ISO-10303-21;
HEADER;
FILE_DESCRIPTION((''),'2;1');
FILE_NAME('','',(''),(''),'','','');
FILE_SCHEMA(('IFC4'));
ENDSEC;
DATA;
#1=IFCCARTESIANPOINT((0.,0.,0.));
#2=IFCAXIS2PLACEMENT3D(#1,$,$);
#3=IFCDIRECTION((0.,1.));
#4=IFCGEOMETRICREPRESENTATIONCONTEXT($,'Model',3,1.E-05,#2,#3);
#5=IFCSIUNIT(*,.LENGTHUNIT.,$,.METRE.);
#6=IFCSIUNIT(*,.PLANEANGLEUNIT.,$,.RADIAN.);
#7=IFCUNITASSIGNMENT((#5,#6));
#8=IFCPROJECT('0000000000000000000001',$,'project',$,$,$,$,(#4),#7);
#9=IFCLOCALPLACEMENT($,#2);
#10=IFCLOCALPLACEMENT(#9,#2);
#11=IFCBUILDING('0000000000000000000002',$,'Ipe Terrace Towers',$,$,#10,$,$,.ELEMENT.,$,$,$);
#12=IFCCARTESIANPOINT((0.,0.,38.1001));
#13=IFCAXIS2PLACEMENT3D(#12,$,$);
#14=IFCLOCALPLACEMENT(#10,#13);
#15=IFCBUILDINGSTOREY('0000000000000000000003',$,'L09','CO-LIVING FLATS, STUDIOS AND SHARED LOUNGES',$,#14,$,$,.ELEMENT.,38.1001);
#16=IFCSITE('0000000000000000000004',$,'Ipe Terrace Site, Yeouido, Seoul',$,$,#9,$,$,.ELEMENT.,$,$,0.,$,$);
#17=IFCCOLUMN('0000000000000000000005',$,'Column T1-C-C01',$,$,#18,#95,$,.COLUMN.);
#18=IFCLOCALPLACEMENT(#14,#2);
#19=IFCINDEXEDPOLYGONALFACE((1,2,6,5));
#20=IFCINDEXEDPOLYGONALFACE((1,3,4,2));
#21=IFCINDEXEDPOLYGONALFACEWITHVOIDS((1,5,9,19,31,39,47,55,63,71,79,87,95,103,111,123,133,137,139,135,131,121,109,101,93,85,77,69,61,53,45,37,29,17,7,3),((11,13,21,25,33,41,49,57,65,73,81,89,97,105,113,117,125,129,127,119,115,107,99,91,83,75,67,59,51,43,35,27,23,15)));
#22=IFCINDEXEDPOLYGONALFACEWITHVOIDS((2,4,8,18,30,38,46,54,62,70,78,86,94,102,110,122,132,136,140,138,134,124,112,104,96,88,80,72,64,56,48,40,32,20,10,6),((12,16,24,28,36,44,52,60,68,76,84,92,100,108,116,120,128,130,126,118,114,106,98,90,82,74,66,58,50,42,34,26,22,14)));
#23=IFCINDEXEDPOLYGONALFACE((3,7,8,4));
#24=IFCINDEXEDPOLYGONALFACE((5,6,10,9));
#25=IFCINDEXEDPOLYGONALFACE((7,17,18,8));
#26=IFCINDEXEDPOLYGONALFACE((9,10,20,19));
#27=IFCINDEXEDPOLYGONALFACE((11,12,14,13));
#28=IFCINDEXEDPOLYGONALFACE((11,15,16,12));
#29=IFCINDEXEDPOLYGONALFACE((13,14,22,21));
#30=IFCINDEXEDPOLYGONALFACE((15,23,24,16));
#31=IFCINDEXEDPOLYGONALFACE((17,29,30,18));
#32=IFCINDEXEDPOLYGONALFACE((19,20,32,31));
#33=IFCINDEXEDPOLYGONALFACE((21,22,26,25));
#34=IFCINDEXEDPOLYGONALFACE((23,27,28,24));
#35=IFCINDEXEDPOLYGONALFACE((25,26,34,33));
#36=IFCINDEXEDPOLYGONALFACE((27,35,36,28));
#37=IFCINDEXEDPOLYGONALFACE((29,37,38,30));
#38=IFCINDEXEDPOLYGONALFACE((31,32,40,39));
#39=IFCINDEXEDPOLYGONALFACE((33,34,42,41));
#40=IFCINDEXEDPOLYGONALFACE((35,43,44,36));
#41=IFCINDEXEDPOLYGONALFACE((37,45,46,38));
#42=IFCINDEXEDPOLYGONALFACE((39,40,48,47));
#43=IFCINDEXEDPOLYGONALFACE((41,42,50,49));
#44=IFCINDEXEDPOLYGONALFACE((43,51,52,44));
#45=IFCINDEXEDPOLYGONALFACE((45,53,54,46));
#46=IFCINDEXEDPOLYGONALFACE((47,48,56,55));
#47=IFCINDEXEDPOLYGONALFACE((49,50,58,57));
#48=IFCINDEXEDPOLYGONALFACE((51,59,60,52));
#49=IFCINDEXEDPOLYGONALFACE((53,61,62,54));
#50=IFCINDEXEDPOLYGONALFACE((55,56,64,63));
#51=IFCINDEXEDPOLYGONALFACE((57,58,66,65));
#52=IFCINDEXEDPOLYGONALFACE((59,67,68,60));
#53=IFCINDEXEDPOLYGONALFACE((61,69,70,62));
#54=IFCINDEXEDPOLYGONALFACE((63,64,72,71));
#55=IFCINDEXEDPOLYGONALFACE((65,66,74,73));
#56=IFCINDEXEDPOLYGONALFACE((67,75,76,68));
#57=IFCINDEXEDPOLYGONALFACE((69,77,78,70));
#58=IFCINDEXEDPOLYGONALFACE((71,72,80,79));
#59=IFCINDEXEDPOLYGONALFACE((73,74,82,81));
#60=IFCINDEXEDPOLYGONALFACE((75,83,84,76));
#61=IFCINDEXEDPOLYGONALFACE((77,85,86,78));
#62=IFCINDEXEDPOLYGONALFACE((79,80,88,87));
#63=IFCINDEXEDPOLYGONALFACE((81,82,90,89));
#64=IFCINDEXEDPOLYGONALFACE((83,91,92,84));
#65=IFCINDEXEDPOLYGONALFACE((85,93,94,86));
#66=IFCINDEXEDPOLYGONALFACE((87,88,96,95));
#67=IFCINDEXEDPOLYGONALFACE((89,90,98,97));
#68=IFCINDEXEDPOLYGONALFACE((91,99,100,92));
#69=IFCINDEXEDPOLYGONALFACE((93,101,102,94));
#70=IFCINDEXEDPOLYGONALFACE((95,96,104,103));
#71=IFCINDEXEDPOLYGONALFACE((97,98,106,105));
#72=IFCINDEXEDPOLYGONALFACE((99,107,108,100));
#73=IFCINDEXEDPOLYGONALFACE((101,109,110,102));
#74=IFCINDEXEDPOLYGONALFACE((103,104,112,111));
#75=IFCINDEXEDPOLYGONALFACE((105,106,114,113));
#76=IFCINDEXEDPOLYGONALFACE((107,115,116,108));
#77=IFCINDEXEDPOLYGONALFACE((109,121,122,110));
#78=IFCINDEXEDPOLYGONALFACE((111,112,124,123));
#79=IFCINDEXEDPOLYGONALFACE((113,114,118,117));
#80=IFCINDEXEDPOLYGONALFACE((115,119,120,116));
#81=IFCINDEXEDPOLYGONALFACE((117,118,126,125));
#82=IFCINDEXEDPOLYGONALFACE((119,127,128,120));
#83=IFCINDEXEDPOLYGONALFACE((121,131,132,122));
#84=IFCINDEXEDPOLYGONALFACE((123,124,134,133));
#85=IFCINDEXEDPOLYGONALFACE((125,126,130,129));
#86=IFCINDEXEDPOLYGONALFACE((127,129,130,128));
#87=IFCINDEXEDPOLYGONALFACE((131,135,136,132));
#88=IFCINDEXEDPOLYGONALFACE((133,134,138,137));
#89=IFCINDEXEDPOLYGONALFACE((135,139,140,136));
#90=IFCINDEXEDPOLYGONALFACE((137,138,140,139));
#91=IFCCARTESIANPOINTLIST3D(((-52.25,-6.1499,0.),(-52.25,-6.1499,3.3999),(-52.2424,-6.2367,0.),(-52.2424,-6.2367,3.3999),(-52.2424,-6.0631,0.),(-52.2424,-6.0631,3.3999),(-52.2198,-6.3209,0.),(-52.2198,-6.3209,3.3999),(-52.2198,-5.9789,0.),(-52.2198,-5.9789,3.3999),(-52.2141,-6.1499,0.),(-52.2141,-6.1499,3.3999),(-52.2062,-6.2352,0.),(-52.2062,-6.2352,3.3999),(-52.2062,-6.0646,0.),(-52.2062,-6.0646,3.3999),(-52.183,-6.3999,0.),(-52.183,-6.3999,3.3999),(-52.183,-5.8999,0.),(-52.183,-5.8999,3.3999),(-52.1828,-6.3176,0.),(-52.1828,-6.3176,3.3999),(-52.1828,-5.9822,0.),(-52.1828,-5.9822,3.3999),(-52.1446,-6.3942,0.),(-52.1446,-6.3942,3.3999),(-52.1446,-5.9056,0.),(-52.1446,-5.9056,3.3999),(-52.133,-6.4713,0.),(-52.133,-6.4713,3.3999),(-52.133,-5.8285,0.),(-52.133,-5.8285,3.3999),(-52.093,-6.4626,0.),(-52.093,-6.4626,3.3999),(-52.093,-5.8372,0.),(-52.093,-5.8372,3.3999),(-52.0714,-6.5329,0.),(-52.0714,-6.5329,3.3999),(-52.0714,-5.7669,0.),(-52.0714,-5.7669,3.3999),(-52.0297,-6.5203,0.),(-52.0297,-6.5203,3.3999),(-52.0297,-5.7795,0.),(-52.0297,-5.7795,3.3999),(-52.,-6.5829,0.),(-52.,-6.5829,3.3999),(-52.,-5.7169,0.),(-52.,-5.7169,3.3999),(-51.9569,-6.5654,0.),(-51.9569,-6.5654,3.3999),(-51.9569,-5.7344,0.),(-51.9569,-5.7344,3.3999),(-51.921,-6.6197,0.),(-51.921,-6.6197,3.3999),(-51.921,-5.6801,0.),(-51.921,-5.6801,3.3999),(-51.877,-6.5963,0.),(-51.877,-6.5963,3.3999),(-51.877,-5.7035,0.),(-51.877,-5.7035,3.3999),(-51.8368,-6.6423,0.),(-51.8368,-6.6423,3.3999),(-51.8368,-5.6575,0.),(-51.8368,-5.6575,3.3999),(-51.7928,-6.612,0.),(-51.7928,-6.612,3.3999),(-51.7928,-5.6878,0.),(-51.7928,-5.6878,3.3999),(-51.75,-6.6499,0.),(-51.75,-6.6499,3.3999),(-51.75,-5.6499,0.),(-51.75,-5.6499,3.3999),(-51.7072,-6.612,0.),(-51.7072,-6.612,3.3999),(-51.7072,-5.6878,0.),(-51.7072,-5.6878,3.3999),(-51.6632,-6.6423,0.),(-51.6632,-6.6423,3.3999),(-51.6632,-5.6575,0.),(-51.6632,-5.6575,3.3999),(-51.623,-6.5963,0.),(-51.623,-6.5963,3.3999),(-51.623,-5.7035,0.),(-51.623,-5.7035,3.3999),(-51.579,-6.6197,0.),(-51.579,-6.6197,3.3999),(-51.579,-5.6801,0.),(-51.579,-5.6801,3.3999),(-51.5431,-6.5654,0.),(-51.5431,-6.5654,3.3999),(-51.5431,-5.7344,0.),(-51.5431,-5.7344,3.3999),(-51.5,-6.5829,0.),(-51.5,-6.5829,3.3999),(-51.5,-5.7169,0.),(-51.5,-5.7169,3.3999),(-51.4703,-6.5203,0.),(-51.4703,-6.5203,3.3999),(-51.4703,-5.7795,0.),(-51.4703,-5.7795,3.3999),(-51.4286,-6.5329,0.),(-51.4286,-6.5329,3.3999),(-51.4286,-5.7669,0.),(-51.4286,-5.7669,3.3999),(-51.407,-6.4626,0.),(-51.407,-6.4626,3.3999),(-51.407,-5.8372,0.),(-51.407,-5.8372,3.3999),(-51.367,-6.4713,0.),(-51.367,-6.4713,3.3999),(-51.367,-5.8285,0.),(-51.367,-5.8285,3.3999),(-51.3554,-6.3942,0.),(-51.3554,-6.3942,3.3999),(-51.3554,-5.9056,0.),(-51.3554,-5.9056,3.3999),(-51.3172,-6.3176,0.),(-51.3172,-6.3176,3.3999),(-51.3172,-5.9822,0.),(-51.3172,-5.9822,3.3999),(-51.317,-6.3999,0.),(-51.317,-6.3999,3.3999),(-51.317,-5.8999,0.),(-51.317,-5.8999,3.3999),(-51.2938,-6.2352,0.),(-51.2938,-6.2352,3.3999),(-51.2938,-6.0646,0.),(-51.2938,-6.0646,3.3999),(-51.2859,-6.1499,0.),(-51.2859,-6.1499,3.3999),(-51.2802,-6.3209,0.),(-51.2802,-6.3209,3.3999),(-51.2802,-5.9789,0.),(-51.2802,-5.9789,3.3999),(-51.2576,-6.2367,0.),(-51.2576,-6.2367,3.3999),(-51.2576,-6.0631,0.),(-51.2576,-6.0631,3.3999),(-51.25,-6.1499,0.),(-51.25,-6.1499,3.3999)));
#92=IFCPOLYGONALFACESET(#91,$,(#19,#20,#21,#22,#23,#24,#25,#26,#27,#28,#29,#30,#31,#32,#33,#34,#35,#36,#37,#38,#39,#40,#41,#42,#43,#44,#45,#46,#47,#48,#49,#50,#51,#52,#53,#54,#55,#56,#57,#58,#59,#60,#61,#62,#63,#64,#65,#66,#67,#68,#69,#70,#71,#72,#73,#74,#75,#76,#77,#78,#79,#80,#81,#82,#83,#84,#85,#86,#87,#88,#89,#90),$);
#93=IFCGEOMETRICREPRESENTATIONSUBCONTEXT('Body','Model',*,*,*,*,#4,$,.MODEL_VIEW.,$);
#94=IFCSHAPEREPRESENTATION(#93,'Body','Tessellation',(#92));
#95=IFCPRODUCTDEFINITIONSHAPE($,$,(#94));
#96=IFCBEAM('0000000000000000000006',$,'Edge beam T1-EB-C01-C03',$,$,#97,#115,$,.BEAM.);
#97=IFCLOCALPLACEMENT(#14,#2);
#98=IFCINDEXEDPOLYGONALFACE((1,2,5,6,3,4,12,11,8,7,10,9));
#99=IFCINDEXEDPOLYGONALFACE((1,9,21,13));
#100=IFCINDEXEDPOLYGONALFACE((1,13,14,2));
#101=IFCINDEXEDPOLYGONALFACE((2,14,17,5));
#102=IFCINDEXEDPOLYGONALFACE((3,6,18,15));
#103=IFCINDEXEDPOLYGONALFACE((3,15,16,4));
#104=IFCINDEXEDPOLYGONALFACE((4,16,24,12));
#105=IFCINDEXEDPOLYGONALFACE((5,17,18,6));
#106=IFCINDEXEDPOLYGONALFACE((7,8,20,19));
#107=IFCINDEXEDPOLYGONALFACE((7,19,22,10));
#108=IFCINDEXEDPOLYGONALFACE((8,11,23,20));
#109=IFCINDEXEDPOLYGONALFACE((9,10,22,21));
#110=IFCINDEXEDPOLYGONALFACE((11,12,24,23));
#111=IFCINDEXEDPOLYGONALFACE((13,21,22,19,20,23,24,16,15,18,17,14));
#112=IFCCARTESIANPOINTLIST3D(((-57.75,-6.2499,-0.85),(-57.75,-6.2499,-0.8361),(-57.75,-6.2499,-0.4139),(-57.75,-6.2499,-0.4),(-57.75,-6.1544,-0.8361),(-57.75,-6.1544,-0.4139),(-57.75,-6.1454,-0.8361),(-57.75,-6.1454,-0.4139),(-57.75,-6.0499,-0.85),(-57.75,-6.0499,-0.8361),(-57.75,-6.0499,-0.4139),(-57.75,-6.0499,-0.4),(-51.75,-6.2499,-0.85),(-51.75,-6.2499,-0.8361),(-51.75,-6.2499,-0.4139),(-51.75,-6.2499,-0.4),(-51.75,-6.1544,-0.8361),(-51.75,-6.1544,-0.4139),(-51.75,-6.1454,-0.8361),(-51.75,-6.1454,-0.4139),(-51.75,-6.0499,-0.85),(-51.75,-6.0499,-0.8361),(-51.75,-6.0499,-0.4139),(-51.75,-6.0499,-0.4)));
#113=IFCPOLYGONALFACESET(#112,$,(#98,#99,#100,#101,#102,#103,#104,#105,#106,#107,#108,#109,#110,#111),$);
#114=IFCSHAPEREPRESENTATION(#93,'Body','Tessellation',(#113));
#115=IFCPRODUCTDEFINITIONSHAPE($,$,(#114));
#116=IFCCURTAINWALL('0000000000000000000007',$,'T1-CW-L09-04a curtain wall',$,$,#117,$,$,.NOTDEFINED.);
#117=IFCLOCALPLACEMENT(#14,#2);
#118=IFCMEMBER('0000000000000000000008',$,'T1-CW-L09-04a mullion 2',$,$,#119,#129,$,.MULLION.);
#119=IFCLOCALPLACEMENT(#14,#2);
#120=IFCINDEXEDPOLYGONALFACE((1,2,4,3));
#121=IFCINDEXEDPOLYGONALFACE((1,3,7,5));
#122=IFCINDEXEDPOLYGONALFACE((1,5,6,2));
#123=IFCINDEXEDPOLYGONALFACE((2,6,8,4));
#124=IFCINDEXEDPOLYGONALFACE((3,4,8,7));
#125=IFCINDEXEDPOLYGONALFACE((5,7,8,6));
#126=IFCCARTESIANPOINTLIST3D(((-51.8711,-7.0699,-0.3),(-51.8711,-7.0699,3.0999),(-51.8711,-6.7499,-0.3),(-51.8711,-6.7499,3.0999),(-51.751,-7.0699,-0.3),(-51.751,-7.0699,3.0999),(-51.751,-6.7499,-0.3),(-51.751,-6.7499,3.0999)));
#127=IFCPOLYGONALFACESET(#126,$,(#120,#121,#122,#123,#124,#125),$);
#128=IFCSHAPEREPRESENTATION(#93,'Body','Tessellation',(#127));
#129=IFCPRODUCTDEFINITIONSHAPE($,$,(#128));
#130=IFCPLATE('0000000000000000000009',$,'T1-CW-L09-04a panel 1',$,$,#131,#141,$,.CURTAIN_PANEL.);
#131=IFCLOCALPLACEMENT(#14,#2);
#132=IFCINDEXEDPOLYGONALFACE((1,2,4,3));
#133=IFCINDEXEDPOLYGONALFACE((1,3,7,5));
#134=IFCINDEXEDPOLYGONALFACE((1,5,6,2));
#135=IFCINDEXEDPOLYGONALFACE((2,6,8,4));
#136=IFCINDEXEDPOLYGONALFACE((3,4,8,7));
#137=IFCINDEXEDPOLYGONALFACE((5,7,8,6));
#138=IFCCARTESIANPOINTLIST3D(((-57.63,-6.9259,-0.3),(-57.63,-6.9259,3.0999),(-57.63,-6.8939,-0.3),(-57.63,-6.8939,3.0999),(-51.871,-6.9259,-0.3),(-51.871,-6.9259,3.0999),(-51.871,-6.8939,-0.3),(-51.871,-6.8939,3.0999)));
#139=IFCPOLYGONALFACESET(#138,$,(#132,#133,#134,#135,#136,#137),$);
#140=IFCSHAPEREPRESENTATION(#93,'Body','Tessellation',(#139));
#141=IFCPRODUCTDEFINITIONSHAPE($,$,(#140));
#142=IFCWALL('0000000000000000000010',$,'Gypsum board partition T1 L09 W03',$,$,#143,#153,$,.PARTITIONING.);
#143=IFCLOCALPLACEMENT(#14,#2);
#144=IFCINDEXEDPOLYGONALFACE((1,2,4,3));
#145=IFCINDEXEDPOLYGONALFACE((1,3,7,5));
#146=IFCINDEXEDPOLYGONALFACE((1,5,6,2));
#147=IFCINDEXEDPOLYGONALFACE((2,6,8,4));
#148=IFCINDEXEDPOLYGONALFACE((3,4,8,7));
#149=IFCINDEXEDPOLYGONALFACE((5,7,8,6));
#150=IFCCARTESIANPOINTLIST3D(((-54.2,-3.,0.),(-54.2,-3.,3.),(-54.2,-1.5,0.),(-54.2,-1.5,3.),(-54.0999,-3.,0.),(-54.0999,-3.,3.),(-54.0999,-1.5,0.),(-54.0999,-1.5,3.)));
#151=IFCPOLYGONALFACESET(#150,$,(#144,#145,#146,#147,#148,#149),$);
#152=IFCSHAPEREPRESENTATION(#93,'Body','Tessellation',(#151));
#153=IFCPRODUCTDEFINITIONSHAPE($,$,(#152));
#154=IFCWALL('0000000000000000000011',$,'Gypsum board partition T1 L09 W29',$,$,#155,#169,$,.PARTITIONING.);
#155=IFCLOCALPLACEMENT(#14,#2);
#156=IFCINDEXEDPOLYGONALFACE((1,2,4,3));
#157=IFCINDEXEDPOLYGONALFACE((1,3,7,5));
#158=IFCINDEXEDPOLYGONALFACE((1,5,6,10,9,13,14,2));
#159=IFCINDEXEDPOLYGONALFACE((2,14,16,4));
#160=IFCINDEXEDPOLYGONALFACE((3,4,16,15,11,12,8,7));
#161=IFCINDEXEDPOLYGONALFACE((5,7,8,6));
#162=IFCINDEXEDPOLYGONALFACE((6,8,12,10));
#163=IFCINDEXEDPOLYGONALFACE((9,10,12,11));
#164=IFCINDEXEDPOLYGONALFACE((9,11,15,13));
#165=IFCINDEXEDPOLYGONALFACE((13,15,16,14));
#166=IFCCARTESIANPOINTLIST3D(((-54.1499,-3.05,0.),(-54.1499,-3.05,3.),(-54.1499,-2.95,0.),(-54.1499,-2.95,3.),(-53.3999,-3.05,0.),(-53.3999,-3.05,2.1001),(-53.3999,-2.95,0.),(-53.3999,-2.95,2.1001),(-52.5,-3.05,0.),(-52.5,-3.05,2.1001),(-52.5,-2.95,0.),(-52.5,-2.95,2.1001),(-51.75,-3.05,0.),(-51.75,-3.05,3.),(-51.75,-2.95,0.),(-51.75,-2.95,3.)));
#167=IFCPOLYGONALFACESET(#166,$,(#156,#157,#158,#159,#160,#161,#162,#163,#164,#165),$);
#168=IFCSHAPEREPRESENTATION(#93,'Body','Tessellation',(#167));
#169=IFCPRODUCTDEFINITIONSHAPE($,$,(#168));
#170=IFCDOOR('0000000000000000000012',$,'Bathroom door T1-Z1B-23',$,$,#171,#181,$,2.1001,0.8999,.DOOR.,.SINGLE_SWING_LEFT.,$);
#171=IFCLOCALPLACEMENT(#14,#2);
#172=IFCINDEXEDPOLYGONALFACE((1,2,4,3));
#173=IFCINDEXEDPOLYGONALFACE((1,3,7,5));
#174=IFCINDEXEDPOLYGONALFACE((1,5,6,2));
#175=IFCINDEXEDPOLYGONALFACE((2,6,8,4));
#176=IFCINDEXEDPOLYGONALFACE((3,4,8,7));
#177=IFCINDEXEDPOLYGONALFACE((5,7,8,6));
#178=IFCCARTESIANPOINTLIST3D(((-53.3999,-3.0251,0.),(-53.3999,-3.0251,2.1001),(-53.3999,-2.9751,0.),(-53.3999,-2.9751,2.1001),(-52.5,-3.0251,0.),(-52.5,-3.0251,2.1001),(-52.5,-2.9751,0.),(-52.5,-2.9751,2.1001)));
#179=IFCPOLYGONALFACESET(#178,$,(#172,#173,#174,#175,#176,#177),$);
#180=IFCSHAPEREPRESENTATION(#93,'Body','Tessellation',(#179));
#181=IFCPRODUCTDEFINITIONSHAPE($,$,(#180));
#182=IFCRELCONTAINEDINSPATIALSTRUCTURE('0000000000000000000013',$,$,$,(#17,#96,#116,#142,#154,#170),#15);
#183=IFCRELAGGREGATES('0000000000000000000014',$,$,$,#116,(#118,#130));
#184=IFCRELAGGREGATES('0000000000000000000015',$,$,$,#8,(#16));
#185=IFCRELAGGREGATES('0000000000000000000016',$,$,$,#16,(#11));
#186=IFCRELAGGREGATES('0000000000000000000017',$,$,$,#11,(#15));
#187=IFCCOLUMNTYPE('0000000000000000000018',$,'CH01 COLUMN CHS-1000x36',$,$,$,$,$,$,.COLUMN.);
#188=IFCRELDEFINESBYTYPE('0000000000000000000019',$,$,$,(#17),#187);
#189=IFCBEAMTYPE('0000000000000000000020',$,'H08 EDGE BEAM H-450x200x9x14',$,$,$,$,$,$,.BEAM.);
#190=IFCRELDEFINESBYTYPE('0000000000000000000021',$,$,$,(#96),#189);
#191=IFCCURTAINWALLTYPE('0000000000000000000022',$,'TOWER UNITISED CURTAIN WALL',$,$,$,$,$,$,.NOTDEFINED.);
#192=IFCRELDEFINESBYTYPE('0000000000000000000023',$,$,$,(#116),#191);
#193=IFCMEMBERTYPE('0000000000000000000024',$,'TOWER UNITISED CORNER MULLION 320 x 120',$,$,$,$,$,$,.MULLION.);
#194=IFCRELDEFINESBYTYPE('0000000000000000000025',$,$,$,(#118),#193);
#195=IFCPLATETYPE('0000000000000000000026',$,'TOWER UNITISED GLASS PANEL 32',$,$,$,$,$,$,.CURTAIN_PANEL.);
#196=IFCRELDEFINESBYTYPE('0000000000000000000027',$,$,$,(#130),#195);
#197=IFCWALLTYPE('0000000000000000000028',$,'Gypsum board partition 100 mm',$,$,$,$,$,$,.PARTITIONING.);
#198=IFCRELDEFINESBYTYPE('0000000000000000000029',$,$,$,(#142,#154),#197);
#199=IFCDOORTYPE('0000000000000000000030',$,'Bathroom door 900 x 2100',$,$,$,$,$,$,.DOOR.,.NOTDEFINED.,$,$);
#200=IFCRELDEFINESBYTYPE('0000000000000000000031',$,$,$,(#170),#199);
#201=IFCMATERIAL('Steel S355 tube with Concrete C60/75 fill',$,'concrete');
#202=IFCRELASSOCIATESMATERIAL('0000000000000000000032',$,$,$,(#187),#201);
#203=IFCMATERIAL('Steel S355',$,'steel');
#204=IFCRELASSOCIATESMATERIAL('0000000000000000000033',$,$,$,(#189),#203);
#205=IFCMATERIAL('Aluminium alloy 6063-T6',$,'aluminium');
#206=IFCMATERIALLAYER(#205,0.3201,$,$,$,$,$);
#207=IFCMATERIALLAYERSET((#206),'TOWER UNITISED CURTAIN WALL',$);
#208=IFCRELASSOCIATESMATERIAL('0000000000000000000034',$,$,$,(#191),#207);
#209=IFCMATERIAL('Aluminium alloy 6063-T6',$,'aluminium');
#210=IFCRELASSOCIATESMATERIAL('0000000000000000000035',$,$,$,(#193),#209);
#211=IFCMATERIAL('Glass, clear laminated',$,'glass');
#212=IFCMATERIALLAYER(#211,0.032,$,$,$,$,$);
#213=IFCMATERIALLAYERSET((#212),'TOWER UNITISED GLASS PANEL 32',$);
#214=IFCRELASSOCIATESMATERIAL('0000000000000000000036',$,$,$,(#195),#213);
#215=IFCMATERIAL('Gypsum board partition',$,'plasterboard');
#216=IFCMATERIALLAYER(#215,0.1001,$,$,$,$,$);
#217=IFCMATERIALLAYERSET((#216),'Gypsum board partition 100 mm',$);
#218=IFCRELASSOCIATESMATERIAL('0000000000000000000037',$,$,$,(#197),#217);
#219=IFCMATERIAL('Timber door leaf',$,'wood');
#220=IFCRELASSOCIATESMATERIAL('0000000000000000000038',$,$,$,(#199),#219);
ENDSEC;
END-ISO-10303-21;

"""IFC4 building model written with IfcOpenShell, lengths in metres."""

from ifc_helpers import new_model, si_unit, direction, frame, frame_2d, origin, origin_2d, place, context, subcontext, project, spatial, rectangle, hollow_circle, i_section, extrude, material, layer, layer_set, material_profile, profile_set, type_object, element, fill, aggregate, save


model = new_model("IFC4")

# Units and contexts
model_context = context("Model", 3, precision=1e-05, world=origin(), true_north=direction((0.0, 1.0)))
body_context = subcontext(model_context, "Body", "Model", "MODEL_VIEW")
ifc_project = project(units=[si_unit("LENGTHUNIT", "METRE"), si_unit("PLANEANGLEUNIT", "RADIAN")], contexts=[model_context])

# Site, building, storey
site_placement = place(None, origin())
site = spatial("IfcSite", under=ifc_project, at=site_placement, Name="Ipe Terrace Site, Yeouido, Seoul", CompositionType="ELEMENT", RefElevation=0.0)
building_placement = place(site_placement, origin())
building = spatial("IfcBuilding", under=site, at=building_placement, Name="Ipe Terrace Towers", CompositionType="ELEMENT")
storey_placement = place(building_placement, frame((0.0, 0.0, 38.1001)))
storey = spatial("IfcBuildingStorey", under=building, at=storey_placement, Name="L09", Description="CO-LIVING FLATS, STUDIOS AND SHARED LOUNGES", CompositionType="ELEMENT", Elevation=38.1001)

# Column
ifc_material_1 = material(Name="Steel S355 tube with Concrete C60/75 fill", Category="concrete")
ifc_material_profile_1 = material_profile(ifc_material_1, hollow_circle(Radius=0.5, WallThickness=0.0359, at=origin_2d()), Name="CHS-1000x36")
ifc_profile_set_1 = profile_set([ifc_material_profile_1], Name="Steel S355 tube with Concrete C60/75 fill")
column_type = type_object("IfcColumnType", Name="CH01 COLUMN CHS-1000x36", PredefinedType="COLUMN", material=ifc_profile_set_1)
column_placement = place(storey_placement, frame((-51.75, -6.1499, 0.0), z_axis=(0.0, 0.0, 1.0), x_axis=(1.0, 0.0, 0.0)))
element("IfcColumn", 1, at=column_placement, inside=storey, type_object=column_type, Name="Column T1-C-C01", PredefinedType="COLUMN", context=body_context, shape_type="SweptSolid", body=[
    extrude(hollow_circle(Radius=0.5, WallThickness=0.0359, at=origin_2d()), origin(), (0.0, 0.0, 1.0), 3.3999),
])

# Beam
ifc_material_2 = material(Name="Steel S355", Category="steel")
ifc_material_profile_2 = material_profile(ifc_material_2, i_section(OverallWidth=0.2, OverallDepth=0.45, WebThickness=0.009, FlangeThickness=0.0139, at=origin_2d()), Name="H-450x200x9x14")
ifc_profile_set_2 = profile_set([ifc_material_profile_2], Name="Steel S355")
beam_type = type_object("IfcBeamType", Name="H08 EDGE BEAM H-450x200x9x14", PredefinedType="BEAM", material=ifc_profile_set_2)
beam_placement = place(storey_placement, frame((-51.75, -6.1499, -0.625), z_axis=(-1.0, 0.0, 0.0), x_axis=(0.0, -1.0, 0.0)))
element("IfcBeam", 2, at=beam_placement, inside=storey, type_object=beam_type, Name="Edge beam T1-EB-C01-C03", PredefinedType="BEAM", context=body_context, shape_type="SweptSolid", body=[
    extrude(i_section(OverallWidth=0.2, OverallDepth=0.45, WebThickness=0.009, FlangeThickness=0.0139, at=origin_2d()), origin(), (0.0, 0.0, 1.0), 6.0),
])

# Curtain wall, member, plate
ifc_material_3 = material(Name="Aluminium alloy 6063-T6", Category="aluminium")
ifc_layer_1 = layer(ifc_material_3, 0.3201)
ifc_layer_set_1 = layer_set([ifc_layer_1], Name="TOWER UNITISED CURTAIN WALL")
curtain_wall_type = type_object("IfcCurtainWallType", Name="TOWER UNITISED CURTAIN WALL", PredefinedType="NOTDEFINED", material=ifc_layer_set_1)
curtain_wall_placement = place(storey_placement, origin())
curtain_wall = element("IfcCurtainWall", 3, at=curtain_wall_placement, inside=storey, type_object=curtain_wall_type, Name="T1-CW-L09-04a curtain wall", PredefinedType="NOTDEFINED")
ifc_material_4 = material(Name="Aluminium alloy 6063-T6", Category="aluminium")
ifc_material_profile_3 = material_profile(ifc_material_4, rectangle(XDim=0.3201, YDim=0.1201, at=origin_2d()), Name="TOWER UNITISED CORNER MULLION 320 x 120")
ifc_profile_set_3 = profile_set([ifc_material_profile_3], Name="Aluminium alloy 6063-T6")
member_type = type_object("IfcMemberType", Name="TOWER UNITISED CORNER MULLION 320 x 120", PredefinedType="MULLION", material=ifc_profile_set_3)
member_placement = place(storey_placement, frame((-51.811, -6.9099, -0.3), z_axis=(0.0, 0.0, 1.0), x_axis=(0.0, -1.0, 0.0)))
member = element("IfcMember", 4, at=member_placement, type_object=member_type, Name="T1-CW-L09-04a mullion 2", PredefinedType="MULLION", context=body_context, shape_type="SweptSolid", body=[
    extrude(rectangle(XDim=0.3201, YDim=0.1201, at=origin_2d()), origin(), (0.0, 0.0, 1.0), 3.3999),
])
ifc_material_5 = material(Name="Glass, clear laminated", Category="glass")
ifc_layer_2 = layer(ifc_material_5, 0.032)
ifc_layer_set_2 = layer_set([ifc_layer_2], Name="TOWER UNITISED GLASS PANEL 32")
plate_type = type_object("IfcPlateType", Name="TOWER UNITISED GLASS PANEL 32", PredefinedType="CURTAIN_PANEL", material=ifc_layer_set_2)
plate_placement = place(storey_placement, frame((-54.7505, -6.9099, -0.3), z_axis=(0.0, 0.0, 1.0), x_axis=(1.0, 0.0, 0.0)))
plate = element("IfcPlate", 5, at=plate_placement, type_object=plate_type, Name="T1-CW-L09-04a panel 1", PredefinedType="CURTAIN_PANEL", context=body_context, shape_type="SweptSolid", body=[
    extrude(rectangle(XDim=5.759, YDim=0.032, at=origin_2d()), origin(), (0.0, 0.0, 1.0), 3.3999),
])
aggregate(curtain_wall, [member, plate])

# Wall
ifc_material_6 = material(Name="Gypsum board partition", Category="plasterboard")
ifc_layer_3 = layer(ifc_material_6, 0.1001)
ifc_layer_set_3 = layer_set([ifc_layer_3], Name="Gypsum board partition 100 mm")
wall_type_1 = type_object("IfcWallType", Name="Gypsum board partition 100 mm", PredefinedType="PARTITIONING", material=ifc_layer_set_3)
wall_1_placement = place(storey_placement, frame((-54.1499, -3.0, 0.0), z_axis=(0.0, 0.0, 1.0), x_axis=(0.0, 1.0, 0.0)))
element("IfcWall", 6, at=wall_1_placement, inside=storey, type_object=wall_type_1, Name="Gypsum board partition T1 L09 W03", PredefinedType="PARTITIONING", context=body_context, shape_type="SweptSolid", body=[
    extrude(rectangle(XDim=1.5, YDim=0.1001, at=frame_2d((0.75, 0.0))), origin(), (0.0, 0.0, 1.0), 3.0),
])

# Wall, opening, door
wall_2_placement = place(storey_placement, frame((-54.1499, -3.0, 0.0), z_axis=(0.0, 0.0, 1.0), x_axis=(1.0, 0.0, 0.0)))
wall_2 = element("IfcWall", 7, at=wall_2_placement, inside=storey, type_object=wall_type_1, Name="Gypsum board partition T1 L09 W29", PredefinedType="PARTITIONING", context=body_context, shape_type="SweptSolid", body=[
    extrude(rectangle(XDim=2.3999, YDim=0.1001, at=frame_2d((1.2, 0.0))), origin(), (0.0, 0.0, 1.0), 3.0),
])
opening_1_placement = place(wall_2_placement, frame((0.75, 0.0, 0.0)))
opening_1 = element("IfcOpeningElement", 8, at=opening_1_placement, cuts=wall_2, PredefinedType="OPENING", context=body_context, shape_type="SweptSolid", body=[
    extrude(rectangle(XDim=0.8999, YDim=2.1001, at=frame_2d((0.45, 1.05))), frame((0.0, 0.0601, 0.0), z_axis=(0.0, -1.0, 0.0), x_axis=(1.0, 0.0, 0.0)), (0.0, 0.0, 1.0), 0.1201),
])
ifc_material_7 = material(Name="Timber door leaf", Category="wood")
door_type_1 = type_object("IfcDoorType", Name="Bathroom door 900 x 2100", OperationType="NOTDEFINED", PredefinedType="DOOR", material=ifc_material_7)
door_1_placement = place(opening_1_placement, origin())
door_1 = element("IfcDoor", 9, at=door_1_placement, inside=storey, type_object=door_type_1, Name="Bathroom door T1-Z1B-23", OperationType="SINGLE_SWING_LEFT", OverallHeight=2.1001, OverallWidth=0.8999, PredefinedType="DOOR", context=body_context, shape_type="SweptSolid", body=[
    extrude(rectangle(XDim=0.8999, YDim=2.1001, at=frame_2d((0.45, 1.05))), frame((0.0, 0.0249, 0.0), z_axis=(0.0, -1.0, 0.0), x_axis=(1.0, 0.0, 0.0)), (0.0, 0.0, 1.0), 0.05),
])
fill(opening_1, door_1)

save(model, "model.ifc")
